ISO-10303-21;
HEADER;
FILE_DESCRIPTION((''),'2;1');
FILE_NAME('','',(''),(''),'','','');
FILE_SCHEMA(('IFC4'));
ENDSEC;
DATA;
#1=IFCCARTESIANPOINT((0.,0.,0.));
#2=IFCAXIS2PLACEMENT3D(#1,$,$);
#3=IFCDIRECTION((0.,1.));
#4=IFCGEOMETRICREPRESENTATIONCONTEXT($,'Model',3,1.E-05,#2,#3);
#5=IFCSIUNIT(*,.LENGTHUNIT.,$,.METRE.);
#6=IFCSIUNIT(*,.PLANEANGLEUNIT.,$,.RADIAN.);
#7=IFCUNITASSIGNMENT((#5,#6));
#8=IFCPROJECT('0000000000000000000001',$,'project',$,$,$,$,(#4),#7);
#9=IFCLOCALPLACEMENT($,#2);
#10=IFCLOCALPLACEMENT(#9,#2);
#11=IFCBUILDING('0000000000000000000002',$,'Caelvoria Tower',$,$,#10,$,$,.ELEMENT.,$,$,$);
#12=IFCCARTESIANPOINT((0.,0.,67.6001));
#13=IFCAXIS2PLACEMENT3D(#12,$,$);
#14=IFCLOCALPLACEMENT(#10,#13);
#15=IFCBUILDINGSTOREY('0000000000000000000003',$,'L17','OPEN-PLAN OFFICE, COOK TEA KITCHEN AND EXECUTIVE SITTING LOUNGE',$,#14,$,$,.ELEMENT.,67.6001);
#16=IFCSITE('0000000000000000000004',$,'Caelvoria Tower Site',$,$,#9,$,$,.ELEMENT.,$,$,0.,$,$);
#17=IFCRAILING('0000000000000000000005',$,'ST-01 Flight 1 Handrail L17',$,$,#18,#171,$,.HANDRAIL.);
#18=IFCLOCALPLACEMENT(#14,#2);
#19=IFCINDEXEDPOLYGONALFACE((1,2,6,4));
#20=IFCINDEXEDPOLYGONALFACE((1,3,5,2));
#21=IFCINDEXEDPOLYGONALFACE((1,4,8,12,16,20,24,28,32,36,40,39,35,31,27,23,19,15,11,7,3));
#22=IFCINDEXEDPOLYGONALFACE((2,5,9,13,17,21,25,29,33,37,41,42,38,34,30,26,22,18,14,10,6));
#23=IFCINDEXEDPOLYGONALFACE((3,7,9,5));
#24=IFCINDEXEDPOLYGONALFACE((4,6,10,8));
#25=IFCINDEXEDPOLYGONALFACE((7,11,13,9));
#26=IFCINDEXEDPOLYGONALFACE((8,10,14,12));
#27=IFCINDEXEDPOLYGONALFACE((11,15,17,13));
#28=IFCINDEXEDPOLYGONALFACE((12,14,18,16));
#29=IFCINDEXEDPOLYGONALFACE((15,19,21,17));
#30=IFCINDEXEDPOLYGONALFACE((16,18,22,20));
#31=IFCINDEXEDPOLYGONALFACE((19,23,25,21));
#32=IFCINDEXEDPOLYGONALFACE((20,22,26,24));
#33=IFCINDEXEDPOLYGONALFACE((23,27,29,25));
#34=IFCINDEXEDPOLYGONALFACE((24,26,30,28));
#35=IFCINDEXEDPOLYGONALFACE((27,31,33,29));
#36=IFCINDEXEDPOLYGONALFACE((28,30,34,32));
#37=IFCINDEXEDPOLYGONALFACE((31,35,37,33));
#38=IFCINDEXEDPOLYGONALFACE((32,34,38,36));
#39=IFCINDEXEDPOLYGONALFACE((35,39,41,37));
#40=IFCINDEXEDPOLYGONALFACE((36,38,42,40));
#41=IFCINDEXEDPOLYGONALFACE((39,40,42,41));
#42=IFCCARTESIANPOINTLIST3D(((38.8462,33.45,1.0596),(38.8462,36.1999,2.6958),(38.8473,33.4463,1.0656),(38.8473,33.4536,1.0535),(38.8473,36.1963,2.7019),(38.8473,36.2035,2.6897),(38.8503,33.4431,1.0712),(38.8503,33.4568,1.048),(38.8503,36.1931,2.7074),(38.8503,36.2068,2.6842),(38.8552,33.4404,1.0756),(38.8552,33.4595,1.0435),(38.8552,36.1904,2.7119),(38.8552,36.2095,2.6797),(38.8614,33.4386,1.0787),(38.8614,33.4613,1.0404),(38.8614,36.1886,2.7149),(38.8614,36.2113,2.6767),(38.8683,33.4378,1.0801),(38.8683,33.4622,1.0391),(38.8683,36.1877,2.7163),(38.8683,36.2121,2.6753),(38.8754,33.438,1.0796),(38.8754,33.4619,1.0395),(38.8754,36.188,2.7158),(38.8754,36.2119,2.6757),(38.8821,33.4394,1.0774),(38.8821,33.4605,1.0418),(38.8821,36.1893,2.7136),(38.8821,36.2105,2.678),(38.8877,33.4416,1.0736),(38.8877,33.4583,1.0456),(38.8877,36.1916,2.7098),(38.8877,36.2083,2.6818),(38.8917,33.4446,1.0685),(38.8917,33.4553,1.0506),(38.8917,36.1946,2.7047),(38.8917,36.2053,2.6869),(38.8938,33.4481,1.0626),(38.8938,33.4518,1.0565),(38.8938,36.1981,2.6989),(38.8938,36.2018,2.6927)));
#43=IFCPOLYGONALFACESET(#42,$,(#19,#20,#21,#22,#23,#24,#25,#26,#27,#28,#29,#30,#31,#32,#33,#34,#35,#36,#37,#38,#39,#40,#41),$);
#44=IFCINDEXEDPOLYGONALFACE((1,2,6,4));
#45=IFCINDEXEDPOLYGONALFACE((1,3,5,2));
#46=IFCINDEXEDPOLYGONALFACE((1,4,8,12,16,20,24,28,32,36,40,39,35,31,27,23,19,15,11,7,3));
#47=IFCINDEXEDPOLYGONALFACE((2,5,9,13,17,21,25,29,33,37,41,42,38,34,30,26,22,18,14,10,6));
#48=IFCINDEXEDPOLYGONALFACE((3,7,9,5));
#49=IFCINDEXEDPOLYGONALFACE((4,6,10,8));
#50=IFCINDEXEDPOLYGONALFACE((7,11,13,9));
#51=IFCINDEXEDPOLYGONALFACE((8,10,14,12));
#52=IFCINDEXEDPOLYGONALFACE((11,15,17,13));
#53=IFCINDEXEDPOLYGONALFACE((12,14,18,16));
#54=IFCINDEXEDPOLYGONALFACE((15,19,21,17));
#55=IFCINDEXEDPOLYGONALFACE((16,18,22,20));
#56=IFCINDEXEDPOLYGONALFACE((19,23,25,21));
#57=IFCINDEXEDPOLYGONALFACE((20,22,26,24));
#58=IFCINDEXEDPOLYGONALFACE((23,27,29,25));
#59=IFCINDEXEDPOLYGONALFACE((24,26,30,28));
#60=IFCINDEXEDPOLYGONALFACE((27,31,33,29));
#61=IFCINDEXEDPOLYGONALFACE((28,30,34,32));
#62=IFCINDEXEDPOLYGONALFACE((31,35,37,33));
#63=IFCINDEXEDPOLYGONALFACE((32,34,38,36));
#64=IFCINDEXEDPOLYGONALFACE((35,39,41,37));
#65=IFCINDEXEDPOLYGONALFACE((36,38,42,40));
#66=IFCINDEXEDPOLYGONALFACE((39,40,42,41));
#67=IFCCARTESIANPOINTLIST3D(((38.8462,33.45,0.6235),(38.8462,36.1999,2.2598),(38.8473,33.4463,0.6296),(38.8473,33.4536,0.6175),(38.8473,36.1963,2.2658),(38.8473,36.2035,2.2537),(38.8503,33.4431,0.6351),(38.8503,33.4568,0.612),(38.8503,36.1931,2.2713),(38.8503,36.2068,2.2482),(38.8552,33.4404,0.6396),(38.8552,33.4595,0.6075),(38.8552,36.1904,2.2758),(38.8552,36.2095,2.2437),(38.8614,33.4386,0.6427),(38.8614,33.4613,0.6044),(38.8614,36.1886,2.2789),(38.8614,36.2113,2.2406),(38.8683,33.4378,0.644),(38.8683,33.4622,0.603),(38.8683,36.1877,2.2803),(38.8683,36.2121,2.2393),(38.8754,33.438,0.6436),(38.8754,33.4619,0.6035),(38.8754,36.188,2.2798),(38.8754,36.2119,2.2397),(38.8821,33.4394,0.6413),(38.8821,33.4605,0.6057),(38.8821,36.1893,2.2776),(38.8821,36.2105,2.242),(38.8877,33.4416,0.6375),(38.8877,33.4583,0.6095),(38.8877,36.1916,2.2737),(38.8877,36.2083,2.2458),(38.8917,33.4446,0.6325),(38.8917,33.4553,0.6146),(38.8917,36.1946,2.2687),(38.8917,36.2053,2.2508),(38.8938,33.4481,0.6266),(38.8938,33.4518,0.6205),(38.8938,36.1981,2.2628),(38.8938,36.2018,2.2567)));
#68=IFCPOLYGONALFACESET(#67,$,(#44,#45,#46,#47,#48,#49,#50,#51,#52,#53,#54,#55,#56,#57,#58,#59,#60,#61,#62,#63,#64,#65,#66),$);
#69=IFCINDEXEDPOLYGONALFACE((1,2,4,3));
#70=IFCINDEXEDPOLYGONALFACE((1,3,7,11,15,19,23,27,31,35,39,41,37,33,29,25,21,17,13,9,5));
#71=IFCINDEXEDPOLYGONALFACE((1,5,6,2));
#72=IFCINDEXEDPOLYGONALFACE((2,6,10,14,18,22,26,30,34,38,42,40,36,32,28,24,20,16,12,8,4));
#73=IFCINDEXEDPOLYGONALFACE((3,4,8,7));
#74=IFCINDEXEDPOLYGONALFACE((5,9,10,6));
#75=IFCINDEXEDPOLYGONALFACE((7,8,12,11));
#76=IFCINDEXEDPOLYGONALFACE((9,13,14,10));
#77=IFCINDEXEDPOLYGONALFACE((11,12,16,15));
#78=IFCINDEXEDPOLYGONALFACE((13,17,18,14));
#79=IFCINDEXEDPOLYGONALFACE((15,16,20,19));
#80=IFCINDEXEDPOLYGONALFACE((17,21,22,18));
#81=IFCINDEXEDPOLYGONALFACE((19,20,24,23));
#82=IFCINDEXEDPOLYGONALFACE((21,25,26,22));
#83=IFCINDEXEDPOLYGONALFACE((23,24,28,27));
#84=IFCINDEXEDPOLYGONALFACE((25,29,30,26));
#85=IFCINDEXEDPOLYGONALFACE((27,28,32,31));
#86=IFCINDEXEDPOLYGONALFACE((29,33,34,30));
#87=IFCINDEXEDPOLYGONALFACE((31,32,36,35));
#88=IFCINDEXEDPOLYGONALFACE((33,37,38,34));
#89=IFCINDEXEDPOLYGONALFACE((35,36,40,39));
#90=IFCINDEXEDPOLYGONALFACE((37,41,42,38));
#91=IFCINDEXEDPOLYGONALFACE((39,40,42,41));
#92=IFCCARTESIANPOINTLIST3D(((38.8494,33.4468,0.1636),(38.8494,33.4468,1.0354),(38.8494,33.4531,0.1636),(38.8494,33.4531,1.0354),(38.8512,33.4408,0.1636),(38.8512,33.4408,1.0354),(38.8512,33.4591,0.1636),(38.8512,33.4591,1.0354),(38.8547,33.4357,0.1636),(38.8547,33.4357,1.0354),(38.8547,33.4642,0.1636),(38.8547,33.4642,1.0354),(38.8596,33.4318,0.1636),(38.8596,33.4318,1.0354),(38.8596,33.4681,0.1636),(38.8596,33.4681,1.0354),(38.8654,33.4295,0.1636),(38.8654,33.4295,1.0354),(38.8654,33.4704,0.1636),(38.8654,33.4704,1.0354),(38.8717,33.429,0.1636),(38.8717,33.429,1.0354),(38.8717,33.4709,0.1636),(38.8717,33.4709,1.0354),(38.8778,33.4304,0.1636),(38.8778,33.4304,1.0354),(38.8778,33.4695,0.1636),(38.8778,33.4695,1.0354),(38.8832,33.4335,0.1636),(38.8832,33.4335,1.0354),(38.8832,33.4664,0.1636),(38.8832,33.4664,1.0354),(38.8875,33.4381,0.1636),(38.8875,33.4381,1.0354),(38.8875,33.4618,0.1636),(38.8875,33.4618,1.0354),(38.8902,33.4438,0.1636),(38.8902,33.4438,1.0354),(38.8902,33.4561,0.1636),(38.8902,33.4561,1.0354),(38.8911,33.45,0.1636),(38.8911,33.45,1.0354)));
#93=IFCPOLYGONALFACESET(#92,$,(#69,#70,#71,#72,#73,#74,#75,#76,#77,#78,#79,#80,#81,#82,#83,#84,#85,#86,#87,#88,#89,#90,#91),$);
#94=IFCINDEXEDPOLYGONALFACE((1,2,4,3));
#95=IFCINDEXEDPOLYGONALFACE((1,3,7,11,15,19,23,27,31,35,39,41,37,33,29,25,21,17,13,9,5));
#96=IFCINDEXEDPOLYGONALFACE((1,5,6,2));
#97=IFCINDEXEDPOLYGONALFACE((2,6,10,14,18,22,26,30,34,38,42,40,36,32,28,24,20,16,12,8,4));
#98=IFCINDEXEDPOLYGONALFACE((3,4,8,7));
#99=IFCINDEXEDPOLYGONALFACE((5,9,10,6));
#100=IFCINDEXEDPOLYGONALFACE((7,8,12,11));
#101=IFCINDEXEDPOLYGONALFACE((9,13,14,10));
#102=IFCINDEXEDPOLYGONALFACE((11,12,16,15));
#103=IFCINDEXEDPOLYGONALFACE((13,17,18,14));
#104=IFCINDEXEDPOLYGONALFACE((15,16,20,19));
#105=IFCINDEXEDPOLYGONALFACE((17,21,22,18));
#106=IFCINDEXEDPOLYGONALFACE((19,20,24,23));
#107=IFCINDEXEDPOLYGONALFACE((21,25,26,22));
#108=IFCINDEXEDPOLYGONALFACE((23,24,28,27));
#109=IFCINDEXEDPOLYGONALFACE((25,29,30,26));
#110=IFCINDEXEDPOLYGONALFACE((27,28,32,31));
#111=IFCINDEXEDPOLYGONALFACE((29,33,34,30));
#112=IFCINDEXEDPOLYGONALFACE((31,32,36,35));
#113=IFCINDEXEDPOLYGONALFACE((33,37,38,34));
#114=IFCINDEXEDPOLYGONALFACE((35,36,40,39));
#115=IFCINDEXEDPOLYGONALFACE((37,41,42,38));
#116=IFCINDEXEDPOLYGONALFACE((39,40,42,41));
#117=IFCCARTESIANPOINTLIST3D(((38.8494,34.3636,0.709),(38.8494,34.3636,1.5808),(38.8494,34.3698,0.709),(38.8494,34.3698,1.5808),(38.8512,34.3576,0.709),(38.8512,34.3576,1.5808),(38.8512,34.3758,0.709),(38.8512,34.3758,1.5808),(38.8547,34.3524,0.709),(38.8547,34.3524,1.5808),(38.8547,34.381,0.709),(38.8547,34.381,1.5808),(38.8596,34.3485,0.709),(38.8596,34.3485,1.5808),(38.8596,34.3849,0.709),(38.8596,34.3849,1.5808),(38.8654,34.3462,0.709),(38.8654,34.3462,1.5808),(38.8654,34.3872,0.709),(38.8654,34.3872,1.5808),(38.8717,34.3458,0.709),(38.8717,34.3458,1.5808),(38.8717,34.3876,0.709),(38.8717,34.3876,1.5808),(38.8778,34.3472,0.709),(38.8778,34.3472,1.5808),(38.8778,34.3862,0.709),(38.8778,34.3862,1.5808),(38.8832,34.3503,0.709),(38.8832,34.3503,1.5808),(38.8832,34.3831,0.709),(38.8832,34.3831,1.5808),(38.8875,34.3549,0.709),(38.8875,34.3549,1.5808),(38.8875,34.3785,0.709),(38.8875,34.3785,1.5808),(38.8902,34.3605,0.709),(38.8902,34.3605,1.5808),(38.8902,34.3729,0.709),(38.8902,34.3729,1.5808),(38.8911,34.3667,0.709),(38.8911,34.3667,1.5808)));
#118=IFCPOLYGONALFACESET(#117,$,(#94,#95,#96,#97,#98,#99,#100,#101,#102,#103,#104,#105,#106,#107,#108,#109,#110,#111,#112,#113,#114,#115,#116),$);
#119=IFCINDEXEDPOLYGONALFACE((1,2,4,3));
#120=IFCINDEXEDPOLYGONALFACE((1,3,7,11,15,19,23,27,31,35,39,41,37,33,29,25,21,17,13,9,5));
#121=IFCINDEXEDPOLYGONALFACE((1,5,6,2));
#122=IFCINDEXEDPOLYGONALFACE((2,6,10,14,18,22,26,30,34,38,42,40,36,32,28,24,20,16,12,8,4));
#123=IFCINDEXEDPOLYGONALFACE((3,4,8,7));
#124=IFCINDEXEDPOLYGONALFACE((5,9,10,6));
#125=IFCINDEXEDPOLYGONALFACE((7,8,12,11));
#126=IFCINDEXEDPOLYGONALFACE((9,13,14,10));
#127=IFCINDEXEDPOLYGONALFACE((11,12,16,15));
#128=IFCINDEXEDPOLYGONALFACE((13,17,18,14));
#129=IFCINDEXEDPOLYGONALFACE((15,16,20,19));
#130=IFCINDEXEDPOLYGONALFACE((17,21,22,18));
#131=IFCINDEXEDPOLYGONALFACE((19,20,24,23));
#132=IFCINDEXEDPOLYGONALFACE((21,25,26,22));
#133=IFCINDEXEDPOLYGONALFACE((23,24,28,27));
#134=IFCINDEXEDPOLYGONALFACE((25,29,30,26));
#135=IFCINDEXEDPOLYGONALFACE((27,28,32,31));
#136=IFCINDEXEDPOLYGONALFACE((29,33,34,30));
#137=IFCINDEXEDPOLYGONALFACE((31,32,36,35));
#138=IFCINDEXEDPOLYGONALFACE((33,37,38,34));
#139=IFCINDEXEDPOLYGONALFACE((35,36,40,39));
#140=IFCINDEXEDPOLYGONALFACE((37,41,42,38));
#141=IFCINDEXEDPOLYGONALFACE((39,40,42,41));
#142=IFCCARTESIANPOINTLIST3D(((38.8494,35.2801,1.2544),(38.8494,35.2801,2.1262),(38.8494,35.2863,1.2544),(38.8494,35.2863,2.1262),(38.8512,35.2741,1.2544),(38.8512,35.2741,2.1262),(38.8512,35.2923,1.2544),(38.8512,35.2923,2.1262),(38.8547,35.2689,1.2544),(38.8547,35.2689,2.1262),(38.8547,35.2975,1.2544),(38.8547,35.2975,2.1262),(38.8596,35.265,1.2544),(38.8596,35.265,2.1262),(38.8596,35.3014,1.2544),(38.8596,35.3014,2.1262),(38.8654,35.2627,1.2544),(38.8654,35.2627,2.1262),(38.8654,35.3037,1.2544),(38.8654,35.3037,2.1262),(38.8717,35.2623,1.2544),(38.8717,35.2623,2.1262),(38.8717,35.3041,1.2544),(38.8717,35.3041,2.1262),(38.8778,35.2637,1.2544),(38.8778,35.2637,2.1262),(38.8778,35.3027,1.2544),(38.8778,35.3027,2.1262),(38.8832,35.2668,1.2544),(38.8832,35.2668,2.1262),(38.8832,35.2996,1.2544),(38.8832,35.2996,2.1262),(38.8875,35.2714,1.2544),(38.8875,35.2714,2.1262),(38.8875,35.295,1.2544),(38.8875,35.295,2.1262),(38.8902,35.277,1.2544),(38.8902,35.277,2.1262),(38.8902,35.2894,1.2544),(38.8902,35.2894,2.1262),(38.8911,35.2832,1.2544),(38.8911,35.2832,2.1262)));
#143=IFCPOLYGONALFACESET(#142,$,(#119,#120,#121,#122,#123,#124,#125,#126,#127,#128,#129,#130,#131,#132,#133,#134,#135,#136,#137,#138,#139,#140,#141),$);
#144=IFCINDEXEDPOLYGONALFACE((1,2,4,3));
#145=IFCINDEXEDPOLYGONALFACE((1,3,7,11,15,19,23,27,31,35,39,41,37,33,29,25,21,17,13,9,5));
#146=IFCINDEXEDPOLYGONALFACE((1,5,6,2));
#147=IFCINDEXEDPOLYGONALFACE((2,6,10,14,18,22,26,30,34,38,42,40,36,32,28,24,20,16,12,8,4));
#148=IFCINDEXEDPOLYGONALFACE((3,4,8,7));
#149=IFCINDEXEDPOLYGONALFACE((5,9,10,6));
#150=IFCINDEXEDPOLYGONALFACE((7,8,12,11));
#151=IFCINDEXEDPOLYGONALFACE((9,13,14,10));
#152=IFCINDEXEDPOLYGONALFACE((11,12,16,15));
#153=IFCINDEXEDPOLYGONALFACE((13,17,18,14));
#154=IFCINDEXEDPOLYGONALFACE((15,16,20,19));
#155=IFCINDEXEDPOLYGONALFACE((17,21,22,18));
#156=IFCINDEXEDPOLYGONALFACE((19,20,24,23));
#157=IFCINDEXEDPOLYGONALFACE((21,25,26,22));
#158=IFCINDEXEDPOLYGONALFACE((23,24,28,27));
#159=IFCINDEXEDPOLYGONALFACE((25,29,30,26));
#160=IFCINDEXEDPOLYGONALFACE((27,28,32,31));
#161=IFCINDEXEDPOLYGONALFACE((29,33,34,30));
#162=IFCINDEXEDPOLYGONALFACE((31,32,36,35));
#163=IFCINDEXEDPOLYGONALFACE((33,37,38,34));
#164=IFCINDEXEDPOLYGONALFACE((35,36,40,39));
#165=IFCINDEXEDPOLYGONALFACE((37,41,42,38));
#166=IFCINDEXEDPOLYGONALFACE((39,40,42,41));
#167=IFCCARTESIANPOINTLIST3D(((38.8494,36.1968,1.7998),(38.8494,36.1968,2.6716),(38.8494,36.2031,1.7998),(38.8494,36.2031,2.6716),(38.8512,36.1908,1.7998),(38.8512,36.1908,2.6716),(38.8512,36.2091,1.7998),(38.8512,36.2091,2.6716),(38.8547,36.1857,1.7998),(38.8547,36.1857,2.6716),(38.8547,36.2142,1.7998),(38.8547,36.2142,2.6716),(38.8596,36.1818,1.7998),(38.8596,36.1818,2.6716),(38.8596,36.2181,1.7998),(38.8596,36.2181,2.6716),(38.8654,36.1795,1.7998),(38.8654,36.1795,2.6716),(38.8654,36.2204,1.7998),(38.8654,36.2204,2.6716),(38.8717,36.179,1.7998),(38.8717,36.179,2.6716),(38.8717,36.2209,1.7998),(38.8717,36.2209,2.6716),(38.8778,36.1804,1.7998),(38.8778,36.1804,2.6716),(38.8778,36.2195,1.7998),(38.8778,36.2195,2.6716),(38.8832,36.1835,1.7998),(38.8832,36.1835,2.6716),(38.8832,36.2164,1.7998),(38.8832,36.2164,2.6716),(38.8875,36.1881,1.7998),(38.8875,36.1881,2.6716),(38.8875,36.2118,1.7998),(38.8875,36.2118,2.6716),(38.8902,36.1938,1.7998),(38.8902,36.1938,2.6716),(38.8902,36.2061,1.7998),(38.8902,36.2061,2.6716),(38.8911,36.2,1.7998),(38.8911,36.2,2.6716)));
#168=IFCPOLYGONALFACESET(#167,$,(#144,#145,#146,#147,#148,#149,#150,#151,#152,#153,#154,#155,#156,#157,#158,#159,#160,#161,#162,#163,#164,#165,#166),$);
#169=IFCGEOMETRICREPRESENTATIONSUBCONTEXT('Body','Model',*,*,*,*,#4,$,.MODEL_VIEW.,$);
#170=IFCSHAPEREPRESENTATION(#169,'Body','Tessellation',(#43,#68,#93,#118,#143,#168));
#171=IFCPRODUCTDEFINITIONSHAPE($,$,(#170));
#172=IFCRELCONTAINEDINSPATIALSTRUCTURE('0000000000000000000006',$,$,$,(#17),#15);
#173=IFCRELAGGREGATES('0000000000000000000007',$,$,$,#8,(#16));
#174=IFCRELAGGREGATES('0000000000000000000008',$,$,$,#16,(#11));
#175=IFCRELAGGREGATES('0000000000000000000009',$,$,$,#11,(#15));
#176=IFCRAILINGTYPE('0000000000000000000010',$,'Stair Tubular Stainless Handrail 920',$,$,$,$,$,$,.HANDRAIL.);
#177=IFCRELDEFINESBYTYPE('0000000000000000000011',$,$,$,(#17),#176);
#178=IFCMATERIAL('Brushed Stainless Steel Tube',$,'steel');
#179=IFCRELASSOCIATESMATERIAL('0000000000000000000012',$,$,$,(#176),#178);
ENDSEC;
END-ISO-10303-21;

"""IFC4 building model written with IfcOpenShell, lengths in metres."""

from ifc_helpers import new_model, si_unit, direction, frame, origin, origin_2d, place, context, subcontext, project, spatial, circle, extrude, material, type_object, element, save


model = new_model("IFC4")

# Units and contexts
model_context = context("Model", 3, precision=1e-05, world=origin(), true_north=direction((0.0, 1.0)))
body_context = subcontext(model_context, "Body", "Model", "MODEL_VIEW")
ifc_project = project(units=[si_unit("LENGTHUNIT", "METRE"), si_unit("PLANEANGLEUNIT", "RADIAN")], contexts=[model_context])

# Site, building, storey
site_placement = place(None, origin())
site = spatial("IfcSite", under=ifc_project, at=site_placement, Name="Caelvoria Tower Site", CompositionType="ELEMENT", RefElevation=0.0)
building_placement = place(site_placement, origin())
building = spatial("IfcBuilding", under=site, at=building_placement, Name="Caelvoria Tower", CompositionType="ELEMENT")
storey_placement = place(building_placement, frame((0.0, 0.0, 67.6001)))
storey = spatial("IfcBuildingStorey", under=building, at=storey_placement, Name="L17", Description="OPEN-PLAN OFFICE, COOK TEA KITCHEN AND EXECUTIVE SITTING LOUNGE", CompositionType="ELEMENT", Elevation=67.6001)

# Railing
ifc_material_1 = material(Name="Brushed Stainless Steel Tube", Category="steel")
railing_type_1 = type_object("IfcRailingType", Name="Stair Tubular Stainless Handrail 920", PredefinedType="HANDRAIL", material=ifc_material_1)
railing_1_placement = place(storey_placement, frame((38.8701, 33.45, 0.1636)))
element("IfcRailing", 1, at=railing_1_placement, inside=storey, type_object=railing_type_1, Name="ST-01 Flight 1 Handrail L17", PredefinedType="HANDRAIL", context=body_context, shape_type="SweptSolid", body=[
    extrude(circle(Radius=0.0239, at=origin_2d()), frame((0.0, 0.0, 0.896), z_axis=(0.0, 0.859385, 0.511328), x_axis=(-1.0, 0.0, 0.0)), (0.0, 0.0, 1.0), 3.2),
    extrude(circle(Radius=0.0239, at=origin_2d()), frame((0.0, 0.0, 0.46), z_axis=(0.0, 0.859385, 0.511328), x_axis=(-1.0, 0.0, 0.0)), (0.0, 0.0, 1.0), 3.2),
    extrude(circle(Radius=0.021, at=origin_2d()), origin(), (0.0, 0.0, 1.0), 0.8718),
    extrude(circle(Radius=0.021, at=origin_2d()), frame((0.0, 0.9167, 0.5454)), (0.0, 0.0, 1.0), 0.8718),
    extrude(circle(Radius=0.021, at=origin_2d()), frame((0.0, 1.8333, 1.0908)), (0.0, 0.0, 1.0), 0.8718),
    extrude(circle(Radius=0.021, at=origin_2d()), frame((0.0, 2.75, 1.6362)), (0.0, 0.0, 1.0), 0.8718),
])

save(model, "model.ifc")
